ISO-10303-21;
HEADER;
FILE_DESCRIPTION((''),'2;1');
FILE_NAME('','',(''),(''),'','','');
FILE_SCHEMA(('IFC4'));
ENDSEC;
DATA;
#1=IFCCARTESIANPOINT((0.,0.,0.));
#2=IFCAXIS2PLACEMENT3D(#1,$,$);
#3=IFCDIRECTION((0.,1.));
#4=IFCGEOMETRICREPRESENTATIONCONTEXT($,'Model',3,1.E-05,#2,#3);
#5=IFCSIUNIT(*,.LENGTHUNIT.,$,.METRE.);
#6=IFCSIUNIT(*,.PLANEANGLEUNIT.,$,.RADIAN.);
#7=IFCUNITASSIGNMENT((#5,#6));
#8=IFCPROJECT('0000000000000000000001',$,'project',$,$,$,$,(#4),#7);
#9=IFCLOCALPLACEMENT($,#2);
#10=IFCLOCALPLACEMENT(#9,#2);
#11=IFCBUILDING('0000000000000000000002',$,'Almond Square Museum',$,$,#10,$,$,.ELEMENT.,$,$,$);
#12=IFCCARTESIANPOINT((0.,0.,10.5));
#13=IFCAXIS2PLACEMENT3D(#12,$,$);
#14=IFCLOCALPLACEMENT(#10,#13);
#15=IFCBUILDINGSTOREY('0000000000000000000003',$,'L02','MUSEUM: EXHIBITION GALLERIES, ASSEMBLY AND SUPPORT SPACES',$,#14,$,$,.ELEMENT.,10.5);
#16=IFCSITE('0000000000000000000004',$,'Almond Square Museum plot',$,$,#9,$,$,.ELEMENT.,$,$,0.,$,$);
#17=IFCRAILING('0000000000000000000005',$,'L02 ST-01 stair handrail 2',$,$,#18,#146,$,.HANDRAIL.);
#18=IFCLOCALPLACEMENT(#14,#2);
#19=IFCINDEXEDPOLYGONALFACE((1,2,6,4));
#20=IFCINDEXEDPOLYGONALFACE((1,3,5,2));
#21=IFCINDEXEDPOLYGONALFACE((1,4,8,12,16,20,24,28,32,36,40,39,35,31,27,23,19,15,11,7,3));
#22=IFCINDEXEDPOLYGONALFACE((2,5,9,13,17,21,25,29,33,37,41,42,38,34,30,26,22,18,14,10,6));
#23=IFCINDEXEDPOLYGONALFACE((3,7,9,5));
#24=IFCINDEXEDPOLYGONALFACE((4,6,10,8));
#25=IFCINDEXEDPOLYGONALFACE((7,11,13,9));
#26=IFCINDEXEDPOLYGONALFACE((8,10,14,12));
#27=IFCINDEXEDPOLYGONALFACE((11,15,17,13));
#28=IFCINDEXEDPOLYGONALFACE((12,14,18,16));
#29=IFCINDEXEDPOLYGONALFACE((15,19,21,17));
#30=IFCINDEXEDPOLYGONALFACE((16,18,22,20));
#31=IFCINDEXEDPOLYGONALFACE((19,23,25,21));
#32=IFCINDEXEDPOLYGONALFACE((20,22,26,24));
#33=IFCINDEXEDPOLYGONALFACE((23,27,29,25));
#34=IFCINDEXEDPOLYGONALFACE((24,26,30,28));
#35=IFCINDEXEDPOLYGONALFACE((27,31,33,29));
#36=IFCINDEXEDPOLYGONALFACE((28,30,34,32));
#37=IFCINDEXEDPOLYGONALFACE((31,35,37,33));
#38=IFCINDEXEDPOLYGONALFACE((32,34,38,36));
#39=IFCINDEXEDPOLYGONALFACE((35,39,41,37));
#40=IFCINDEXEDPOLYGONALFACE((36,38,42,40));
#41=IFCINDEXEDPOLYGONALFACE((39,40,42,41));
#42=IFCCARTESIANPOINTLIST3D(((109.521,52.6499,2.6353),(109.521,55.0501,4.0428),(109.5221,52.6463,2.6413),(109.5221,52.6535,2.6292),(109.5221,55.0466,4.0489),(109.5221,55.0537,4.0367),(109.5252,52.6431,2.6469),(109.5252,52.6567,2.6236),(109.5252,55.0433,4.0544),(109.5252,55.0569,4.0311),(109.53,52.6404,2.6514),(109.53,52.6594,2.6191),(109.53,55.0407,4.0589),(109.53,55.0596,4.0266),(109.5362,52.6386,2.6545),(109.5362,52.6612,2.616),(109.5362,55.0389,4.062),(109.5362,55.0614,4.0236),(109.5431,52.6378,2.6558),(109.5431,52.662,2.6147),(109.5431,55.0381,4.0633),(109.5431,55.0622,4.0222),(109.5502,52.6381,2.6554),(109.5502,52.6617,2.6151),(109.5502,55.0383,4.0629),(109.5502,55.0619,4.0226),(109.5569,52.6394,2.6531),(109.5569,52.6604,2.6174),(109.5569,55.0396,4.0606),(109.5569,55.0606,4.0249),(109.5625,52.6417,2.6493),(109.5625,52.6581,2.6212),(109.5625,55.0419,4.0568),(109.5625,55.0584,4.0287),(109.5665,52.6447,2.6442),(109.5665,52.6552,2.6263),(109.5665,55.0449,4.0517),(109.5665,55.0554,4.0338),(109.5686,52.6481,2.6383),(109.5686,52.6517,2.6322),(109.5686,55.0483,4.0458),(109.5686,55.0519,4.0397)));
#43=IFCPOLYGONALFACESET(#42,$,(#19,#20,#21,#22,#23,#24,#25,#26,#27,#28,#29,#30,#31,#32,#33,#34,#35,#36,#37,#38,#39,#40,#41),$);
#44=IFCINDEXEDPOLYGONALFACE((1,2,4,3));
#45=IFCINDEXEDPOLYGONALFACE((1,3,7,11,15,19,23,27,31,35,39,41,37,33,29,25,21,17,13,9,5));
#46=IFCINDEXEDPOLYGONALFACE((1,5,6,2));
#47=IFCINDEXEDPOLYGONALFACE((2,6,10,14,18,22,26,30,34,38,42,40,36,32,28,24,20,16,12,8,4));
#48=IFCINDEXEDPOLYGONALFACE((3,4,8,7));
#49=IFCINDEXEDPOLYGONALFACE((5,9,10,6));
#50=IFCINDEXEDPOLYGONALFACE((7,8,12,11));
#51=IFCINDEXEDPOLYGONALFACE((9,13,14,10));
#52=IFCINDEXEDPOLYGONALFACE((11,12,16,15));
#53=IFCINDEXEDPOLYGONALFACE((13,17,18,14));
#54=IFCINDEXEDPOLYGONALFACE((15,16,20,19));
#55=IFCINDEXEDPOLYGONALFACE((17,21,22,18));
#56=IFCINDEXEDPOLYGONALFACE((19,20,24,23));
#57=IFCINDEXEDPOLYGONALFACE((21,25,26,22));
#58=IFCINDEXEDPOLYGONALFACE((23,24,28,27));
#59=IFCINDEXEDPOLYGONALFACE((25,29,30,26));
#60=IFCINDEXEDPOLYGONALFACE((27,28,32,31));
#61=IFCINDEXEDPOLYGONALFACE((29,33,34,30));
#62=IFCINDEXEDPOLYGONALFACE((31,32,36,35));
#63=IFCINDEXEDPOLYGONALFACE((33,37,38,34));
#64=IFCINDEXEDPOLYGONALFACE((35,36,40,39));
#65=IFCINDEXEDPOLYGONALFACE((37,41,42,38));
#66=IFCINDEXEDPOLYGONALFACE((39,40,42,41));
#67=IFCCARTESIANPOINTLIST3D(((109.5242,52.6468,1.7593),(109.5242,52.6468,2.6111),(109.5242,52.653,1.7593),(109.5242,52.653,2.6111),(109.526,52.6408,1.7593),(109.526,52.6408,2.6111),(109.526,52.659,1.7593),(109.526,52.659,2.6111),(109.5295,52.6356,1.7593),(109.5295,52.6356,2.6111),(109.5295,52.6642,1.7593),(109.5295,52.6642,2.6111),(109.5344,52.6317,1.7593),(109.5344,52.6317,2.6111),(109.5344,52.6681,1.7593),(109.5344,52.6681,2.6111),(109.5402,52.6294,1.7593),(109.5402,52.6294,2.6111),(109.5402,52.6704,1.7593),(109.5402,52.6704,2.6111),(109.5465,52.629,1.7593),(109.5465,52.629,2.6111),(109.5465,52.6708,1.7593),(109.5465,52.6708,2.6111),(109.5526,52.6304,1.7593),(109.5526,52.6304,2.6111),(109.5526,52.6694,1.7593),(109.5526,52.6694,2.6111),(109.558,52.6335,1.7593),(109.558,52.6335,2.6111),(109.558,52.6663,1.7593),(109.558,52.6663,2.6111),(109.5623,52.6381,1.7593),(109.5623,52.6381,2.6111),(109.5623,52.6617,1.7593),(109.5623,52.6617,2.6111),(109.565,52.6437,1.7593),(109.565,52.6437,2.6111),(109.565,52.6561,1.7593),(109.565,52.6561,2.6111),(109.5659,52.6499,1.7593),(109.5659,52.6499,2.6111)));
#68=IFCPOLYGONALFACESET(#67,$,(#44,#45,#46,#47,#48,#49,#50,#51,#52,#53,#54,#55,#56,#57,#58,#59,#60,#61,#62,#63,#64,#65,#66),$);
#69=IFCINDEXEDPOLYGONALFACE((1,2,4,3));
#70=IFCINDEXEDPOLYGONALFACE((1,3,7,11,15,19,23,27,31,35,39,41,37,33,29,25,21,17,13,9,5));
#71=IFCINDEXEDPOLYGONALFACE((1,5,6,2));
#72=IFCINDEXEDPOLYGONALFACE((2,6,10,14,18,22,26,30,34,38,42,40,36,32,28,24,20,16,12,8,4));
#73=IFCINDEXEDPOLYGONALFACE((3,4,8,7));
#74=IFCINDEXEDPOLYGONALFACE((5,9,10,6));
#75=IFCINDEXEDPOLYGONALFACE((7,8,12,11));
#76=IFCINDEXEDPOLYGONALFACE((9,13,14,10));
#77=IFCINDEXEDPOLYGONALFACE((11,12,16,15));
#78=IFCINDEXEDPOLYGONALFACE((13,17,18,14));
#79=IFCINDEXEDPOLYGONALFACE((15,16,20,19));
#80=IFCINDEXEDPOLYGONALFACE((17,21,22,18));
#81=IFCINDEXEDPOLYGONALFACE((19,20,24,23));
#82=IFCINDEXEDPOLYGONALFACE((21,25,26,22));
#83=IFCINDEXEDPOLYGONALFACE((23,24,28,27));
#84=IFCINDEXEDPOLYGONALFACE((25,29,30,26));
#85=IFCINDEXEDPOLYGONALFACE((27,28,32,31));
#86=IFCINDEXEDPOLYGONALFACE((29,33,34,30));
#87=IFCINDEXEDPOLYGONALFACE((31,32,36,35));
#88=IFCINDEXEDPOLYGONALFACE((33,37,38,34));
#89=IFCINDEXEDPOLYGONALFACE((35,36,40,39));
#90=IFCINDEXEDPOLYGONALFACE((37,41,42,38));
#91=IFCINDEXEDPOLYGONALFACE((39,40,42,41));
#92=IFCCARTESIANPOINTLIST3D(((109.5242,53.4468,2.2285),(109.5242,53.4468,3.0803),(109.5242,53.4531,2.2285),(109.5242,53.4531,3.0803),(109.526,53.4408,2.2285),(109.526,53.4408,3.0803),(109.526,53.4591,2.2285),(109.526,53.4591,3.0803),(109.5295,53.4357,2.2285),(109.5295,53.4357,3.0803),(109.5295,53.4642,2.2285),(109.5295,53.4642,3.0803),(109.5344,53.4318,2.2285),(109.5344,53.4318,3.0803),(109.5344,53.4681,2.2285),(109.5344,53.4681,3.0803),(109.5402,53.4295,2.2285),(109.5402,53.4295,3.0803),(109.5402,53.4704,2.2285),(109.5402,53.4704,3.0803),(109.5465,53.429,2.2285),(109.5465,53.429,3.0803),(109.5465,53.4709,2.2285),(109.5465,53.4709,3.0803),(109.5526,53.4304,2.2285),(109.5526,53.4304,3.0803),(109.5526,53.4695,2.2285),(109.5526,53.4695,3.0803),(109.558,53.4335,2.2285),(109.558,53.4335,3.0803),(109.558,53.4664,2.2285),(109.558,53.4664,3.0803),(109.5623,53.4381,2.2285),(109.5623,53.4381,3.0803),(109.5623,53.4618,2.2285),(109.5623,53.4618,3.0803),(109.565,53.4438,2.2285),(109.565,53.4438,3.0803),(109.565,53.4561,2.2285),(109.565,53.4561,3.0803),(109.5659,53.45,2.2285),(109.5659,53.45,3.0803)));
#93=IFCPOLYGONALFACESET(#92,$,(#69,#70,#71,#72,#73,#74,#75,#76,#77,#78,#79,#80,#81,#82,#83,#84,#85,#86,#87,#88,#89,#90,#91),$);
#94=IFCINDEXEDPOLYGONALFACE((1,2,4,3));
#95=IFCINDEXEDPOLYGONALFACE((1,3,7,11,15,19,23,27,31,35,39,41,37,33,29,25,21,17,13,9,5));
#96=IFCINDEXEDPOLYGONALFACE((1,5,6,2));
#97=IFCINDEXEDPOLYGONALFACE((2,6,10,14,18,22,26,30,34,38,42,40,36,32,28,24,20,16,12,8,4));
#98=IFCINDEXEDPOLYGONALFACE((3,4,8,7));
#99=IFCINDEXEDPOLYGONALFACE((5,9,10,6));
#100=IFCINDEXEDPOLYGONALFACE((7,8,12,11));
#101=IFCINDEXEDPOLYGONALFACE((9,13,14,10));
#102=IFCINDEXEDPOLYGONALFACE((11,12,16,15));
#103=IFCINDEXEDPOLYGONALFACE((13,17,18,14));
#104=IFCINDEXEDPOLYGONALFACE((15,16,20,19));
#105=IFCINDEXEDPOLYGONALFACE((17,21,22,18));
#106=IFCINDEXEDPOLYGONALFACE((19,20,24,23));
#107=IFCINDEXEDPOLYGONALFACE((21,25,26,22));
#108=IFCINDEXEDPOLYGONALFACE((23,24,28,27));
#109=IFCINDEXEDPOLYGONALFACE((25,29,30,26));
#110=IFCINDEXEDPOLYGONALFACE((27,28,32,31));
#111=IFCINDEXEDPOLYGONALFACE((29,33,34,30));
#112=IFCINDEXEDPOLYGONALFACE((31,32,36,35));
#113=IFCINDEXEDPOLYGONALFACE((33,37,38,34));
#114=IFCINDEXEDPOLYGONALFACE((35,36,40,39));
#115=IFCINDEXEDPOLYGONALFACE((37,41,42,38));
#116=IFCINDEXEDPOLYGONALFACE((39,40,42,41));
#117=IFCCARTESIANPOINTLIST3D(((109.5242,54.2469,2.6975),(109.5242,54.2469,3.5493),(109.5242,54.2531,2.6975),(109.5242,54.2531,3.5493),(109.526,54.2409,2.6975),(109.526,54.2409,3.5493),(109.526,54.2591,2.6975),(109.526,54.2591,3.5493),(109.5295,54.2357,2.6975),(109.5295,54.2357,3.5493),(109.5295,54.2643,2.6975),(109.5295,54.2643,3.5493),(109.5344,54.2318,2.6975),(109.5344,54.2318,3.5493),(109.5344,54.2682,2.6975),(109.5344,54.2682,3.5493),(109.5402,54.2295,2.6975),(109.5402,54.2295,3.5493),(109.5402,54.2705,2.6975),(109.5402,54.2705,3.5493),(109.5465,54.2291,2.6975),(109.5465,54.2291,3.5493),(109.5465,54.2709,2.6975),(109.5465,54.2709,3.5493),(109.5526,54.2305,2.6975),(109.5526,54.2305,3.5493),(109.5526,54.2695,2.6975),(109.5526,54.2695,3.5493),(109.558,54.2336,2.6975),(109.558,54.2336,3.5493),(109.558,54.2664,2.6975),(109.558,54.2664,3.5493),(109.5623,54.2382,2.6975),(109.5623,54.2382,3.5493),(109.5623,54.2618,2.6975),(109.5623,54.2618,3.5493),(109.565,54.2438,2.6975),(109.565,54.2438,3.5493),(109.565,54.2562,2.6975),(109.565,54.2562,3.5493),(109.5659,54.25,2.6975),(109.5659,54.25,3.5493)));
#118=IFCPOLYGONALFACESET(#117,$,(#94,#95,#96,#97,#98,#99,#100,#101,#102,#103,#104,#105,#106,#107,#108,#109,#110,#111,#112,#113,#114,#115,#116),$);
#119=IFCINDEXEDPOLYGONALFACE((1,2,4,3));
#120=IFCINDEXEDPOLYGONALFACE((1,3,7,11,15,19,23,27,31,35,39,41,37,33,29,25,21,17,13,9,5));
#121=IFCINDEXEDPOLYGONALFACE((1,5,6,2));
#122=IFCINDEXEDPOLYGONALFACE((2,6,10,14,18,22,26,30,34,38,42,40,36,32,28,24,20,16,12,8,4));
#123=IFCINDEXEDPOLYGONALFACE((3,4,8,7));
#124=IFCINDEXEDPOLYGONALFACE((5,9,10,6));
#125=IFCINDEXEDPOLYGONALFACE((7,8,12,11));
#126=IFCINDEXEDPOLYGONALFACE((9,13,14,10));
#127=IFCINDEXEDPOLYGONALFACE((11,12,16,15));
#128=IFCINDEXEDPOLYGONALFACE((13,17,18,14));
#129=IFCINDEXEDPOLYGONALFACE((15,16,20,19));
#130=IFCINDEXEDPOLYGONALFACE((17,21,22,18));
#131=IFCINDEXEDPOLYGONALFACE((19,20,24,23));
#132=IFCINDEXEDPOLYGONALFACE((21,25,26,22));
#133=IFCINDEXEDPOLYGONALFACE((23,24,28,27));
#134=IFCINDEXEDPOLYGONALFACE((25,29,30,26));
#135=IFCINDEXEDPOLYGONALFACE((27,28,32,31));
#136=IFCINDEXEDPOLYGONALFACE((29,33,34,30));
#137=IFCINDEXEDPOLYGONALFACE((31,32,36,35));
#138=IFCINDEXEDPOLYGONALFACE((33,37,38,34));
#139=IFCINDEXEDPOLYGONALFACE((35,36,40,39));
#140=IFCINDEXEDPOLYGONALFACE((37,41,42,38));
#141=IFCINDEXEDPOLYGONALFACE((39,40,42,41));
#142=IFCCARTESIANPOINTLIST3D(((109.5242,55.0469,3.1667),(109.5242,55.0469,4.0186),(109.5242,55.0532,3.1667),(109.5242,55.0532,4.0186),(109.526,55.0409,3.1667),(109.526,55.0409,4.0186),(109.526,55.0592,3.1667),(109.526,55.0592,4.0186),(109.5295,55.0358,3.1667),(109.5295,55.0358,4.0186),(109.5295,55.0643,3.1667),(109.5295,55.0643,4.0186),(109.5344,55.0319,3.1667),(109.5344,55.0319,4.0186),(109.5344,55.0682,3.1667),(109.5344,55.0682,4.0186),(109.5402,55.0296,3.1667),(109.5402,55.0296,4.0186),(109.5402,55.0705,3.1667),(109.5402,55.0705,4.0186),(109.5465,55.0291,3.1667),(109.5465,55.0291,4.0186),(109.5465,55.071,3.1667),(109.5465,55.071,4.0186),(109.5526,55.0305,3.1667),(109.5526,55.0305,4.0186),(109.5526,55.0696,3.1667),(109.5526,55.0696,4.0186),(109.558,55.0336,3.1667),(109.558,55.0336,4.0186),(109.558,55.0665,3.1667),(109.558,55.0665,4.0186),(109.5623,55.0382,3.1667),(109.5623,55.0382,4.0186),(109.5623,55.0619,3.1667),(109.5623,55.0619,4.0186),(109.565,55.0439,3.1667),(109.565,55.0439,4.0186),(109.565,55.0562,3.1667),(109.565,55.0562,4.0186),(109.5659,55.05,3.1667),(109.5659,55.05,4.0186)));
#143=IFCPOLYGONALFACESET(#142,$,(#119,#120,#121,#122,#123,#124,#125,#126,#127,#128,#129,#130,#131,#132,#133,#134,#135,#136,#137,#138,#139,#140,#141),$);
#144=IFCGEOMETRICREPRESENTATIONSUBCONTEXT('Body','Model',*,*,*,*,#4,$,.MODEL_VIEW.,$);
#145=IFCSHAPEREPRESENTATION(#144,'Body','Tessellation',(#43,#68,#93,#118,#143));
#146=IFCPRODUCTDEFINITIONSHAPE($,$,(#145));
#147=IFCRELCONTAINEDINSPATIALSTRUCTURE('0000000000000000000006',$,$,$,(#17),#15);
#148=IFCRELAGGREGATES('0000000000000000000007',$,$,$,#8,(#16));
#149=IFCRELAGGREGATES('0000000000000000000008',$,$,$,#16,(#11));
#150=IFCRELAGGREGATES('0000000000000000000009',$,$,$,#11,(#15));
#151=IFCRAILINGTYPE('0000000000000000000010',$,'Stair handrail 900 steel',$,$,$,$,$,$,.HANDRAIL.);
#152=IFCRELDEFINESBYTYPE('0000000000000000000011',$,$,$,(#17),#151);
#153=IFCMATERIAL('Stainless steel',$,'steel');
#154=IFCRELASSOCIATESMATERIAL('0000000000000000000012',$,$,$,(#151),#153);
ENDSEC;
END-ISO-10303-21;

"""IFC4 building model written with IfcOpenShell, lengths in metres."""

from ifc_helpers import new_model, si_unit, direction, frame, origin, origin_2d, place, context, subcontext, project, spatial, circle, extrude, material, type_object, element, save


model = new_model("IFC4")

# Units and contexts
model_context = context("Model", 3, precision=1e-05, world=origin(), true_north=direction((0.0, 1.0)))
body_context = subcontext(model_context, "Body", "Model", "MODEL_VIEW")
ifc_project = project(units=[si_unit("LENGTHUNIT", "METRE"), si_unit("PLANEANGLEUNIT", "RADIAN")], contexts=[model_context])

# Site, building, storey
site_placement = place(None, origin())
site = spatial("IfcSite", under=ifc_project, at=site_placement, Name="Almond Square Museum plot", CompositionType="ELEMENT", RefElevation=0.0)
building_placement = place(site_placement, origin())
building = spatial("IfcBuilding", under=site, at=building_placement, Name="Almond Square Museum", CompositionType="ELEMENT")
storey_placement = place(building_placement, frame((0.0, 0.0, 10.5)))
storey = spatial("IfcBuildingStorey", under=building, at=storey_placement, Name="L02", Description="MUSEUM: EXHIBITION GALLERIES, ASSEMBLY AND SUPPORT SPACES", CompositionType="ELEMENT", Elevation=10.5)

# Railing
ifc_material_1 = material(Name="Stainless steel", Category="steel")
railing_type_1 = type_object("IfcRailingType", Name="Stair handrail 900 steel", PredefinedType="HANDRAIL", material=ifc_material_1)
railing_1_placement = place(storey_placement, frame((109.5449, 52.6499, 1.7593)))
element("IfcRailing", 1, at=railing_1_placement, inside=storey, type_object=railing_type_1, Name="L02 ST-01 stair handrail 2", PredefinedType="HANDRAIL", context=body_context, shape_type="SweptSolid", body=[
    extrude(circle(Radius=0.0239, at=origin_2d()), frame((0.0, 0.0, 0.876), z_axis=(0.0, 0.862621, 0.50585), x_axis=(-1.0, 0.0, 0.0)), (0.0, 0.0, 1.0), 2.7825),
    extrude(circle(Radius=0.021, at=origin_2d()), origin(), (0.0, 0.0, 1.0), 0.8518),
    extrude(circle(Radius=0.021, at=origin_2d()), frame((0.0, 0.8, 0.4692)), (0.0, 0.0, 1.0), 0.8518),
    extrude(circle(Radius=0.021, at=origin_2d()), frame((0.0, 1.6001, 0.9382)), (0.0, 0.0, 1.0), 0.8518),
    extrude(circle(Radius=0.021, at=origin_2d()), frame((0.0, 2.4001, 1.4075)), (0.0, 0.0, 1.0), 0.8518),
])

save(model, "model.ifc")
